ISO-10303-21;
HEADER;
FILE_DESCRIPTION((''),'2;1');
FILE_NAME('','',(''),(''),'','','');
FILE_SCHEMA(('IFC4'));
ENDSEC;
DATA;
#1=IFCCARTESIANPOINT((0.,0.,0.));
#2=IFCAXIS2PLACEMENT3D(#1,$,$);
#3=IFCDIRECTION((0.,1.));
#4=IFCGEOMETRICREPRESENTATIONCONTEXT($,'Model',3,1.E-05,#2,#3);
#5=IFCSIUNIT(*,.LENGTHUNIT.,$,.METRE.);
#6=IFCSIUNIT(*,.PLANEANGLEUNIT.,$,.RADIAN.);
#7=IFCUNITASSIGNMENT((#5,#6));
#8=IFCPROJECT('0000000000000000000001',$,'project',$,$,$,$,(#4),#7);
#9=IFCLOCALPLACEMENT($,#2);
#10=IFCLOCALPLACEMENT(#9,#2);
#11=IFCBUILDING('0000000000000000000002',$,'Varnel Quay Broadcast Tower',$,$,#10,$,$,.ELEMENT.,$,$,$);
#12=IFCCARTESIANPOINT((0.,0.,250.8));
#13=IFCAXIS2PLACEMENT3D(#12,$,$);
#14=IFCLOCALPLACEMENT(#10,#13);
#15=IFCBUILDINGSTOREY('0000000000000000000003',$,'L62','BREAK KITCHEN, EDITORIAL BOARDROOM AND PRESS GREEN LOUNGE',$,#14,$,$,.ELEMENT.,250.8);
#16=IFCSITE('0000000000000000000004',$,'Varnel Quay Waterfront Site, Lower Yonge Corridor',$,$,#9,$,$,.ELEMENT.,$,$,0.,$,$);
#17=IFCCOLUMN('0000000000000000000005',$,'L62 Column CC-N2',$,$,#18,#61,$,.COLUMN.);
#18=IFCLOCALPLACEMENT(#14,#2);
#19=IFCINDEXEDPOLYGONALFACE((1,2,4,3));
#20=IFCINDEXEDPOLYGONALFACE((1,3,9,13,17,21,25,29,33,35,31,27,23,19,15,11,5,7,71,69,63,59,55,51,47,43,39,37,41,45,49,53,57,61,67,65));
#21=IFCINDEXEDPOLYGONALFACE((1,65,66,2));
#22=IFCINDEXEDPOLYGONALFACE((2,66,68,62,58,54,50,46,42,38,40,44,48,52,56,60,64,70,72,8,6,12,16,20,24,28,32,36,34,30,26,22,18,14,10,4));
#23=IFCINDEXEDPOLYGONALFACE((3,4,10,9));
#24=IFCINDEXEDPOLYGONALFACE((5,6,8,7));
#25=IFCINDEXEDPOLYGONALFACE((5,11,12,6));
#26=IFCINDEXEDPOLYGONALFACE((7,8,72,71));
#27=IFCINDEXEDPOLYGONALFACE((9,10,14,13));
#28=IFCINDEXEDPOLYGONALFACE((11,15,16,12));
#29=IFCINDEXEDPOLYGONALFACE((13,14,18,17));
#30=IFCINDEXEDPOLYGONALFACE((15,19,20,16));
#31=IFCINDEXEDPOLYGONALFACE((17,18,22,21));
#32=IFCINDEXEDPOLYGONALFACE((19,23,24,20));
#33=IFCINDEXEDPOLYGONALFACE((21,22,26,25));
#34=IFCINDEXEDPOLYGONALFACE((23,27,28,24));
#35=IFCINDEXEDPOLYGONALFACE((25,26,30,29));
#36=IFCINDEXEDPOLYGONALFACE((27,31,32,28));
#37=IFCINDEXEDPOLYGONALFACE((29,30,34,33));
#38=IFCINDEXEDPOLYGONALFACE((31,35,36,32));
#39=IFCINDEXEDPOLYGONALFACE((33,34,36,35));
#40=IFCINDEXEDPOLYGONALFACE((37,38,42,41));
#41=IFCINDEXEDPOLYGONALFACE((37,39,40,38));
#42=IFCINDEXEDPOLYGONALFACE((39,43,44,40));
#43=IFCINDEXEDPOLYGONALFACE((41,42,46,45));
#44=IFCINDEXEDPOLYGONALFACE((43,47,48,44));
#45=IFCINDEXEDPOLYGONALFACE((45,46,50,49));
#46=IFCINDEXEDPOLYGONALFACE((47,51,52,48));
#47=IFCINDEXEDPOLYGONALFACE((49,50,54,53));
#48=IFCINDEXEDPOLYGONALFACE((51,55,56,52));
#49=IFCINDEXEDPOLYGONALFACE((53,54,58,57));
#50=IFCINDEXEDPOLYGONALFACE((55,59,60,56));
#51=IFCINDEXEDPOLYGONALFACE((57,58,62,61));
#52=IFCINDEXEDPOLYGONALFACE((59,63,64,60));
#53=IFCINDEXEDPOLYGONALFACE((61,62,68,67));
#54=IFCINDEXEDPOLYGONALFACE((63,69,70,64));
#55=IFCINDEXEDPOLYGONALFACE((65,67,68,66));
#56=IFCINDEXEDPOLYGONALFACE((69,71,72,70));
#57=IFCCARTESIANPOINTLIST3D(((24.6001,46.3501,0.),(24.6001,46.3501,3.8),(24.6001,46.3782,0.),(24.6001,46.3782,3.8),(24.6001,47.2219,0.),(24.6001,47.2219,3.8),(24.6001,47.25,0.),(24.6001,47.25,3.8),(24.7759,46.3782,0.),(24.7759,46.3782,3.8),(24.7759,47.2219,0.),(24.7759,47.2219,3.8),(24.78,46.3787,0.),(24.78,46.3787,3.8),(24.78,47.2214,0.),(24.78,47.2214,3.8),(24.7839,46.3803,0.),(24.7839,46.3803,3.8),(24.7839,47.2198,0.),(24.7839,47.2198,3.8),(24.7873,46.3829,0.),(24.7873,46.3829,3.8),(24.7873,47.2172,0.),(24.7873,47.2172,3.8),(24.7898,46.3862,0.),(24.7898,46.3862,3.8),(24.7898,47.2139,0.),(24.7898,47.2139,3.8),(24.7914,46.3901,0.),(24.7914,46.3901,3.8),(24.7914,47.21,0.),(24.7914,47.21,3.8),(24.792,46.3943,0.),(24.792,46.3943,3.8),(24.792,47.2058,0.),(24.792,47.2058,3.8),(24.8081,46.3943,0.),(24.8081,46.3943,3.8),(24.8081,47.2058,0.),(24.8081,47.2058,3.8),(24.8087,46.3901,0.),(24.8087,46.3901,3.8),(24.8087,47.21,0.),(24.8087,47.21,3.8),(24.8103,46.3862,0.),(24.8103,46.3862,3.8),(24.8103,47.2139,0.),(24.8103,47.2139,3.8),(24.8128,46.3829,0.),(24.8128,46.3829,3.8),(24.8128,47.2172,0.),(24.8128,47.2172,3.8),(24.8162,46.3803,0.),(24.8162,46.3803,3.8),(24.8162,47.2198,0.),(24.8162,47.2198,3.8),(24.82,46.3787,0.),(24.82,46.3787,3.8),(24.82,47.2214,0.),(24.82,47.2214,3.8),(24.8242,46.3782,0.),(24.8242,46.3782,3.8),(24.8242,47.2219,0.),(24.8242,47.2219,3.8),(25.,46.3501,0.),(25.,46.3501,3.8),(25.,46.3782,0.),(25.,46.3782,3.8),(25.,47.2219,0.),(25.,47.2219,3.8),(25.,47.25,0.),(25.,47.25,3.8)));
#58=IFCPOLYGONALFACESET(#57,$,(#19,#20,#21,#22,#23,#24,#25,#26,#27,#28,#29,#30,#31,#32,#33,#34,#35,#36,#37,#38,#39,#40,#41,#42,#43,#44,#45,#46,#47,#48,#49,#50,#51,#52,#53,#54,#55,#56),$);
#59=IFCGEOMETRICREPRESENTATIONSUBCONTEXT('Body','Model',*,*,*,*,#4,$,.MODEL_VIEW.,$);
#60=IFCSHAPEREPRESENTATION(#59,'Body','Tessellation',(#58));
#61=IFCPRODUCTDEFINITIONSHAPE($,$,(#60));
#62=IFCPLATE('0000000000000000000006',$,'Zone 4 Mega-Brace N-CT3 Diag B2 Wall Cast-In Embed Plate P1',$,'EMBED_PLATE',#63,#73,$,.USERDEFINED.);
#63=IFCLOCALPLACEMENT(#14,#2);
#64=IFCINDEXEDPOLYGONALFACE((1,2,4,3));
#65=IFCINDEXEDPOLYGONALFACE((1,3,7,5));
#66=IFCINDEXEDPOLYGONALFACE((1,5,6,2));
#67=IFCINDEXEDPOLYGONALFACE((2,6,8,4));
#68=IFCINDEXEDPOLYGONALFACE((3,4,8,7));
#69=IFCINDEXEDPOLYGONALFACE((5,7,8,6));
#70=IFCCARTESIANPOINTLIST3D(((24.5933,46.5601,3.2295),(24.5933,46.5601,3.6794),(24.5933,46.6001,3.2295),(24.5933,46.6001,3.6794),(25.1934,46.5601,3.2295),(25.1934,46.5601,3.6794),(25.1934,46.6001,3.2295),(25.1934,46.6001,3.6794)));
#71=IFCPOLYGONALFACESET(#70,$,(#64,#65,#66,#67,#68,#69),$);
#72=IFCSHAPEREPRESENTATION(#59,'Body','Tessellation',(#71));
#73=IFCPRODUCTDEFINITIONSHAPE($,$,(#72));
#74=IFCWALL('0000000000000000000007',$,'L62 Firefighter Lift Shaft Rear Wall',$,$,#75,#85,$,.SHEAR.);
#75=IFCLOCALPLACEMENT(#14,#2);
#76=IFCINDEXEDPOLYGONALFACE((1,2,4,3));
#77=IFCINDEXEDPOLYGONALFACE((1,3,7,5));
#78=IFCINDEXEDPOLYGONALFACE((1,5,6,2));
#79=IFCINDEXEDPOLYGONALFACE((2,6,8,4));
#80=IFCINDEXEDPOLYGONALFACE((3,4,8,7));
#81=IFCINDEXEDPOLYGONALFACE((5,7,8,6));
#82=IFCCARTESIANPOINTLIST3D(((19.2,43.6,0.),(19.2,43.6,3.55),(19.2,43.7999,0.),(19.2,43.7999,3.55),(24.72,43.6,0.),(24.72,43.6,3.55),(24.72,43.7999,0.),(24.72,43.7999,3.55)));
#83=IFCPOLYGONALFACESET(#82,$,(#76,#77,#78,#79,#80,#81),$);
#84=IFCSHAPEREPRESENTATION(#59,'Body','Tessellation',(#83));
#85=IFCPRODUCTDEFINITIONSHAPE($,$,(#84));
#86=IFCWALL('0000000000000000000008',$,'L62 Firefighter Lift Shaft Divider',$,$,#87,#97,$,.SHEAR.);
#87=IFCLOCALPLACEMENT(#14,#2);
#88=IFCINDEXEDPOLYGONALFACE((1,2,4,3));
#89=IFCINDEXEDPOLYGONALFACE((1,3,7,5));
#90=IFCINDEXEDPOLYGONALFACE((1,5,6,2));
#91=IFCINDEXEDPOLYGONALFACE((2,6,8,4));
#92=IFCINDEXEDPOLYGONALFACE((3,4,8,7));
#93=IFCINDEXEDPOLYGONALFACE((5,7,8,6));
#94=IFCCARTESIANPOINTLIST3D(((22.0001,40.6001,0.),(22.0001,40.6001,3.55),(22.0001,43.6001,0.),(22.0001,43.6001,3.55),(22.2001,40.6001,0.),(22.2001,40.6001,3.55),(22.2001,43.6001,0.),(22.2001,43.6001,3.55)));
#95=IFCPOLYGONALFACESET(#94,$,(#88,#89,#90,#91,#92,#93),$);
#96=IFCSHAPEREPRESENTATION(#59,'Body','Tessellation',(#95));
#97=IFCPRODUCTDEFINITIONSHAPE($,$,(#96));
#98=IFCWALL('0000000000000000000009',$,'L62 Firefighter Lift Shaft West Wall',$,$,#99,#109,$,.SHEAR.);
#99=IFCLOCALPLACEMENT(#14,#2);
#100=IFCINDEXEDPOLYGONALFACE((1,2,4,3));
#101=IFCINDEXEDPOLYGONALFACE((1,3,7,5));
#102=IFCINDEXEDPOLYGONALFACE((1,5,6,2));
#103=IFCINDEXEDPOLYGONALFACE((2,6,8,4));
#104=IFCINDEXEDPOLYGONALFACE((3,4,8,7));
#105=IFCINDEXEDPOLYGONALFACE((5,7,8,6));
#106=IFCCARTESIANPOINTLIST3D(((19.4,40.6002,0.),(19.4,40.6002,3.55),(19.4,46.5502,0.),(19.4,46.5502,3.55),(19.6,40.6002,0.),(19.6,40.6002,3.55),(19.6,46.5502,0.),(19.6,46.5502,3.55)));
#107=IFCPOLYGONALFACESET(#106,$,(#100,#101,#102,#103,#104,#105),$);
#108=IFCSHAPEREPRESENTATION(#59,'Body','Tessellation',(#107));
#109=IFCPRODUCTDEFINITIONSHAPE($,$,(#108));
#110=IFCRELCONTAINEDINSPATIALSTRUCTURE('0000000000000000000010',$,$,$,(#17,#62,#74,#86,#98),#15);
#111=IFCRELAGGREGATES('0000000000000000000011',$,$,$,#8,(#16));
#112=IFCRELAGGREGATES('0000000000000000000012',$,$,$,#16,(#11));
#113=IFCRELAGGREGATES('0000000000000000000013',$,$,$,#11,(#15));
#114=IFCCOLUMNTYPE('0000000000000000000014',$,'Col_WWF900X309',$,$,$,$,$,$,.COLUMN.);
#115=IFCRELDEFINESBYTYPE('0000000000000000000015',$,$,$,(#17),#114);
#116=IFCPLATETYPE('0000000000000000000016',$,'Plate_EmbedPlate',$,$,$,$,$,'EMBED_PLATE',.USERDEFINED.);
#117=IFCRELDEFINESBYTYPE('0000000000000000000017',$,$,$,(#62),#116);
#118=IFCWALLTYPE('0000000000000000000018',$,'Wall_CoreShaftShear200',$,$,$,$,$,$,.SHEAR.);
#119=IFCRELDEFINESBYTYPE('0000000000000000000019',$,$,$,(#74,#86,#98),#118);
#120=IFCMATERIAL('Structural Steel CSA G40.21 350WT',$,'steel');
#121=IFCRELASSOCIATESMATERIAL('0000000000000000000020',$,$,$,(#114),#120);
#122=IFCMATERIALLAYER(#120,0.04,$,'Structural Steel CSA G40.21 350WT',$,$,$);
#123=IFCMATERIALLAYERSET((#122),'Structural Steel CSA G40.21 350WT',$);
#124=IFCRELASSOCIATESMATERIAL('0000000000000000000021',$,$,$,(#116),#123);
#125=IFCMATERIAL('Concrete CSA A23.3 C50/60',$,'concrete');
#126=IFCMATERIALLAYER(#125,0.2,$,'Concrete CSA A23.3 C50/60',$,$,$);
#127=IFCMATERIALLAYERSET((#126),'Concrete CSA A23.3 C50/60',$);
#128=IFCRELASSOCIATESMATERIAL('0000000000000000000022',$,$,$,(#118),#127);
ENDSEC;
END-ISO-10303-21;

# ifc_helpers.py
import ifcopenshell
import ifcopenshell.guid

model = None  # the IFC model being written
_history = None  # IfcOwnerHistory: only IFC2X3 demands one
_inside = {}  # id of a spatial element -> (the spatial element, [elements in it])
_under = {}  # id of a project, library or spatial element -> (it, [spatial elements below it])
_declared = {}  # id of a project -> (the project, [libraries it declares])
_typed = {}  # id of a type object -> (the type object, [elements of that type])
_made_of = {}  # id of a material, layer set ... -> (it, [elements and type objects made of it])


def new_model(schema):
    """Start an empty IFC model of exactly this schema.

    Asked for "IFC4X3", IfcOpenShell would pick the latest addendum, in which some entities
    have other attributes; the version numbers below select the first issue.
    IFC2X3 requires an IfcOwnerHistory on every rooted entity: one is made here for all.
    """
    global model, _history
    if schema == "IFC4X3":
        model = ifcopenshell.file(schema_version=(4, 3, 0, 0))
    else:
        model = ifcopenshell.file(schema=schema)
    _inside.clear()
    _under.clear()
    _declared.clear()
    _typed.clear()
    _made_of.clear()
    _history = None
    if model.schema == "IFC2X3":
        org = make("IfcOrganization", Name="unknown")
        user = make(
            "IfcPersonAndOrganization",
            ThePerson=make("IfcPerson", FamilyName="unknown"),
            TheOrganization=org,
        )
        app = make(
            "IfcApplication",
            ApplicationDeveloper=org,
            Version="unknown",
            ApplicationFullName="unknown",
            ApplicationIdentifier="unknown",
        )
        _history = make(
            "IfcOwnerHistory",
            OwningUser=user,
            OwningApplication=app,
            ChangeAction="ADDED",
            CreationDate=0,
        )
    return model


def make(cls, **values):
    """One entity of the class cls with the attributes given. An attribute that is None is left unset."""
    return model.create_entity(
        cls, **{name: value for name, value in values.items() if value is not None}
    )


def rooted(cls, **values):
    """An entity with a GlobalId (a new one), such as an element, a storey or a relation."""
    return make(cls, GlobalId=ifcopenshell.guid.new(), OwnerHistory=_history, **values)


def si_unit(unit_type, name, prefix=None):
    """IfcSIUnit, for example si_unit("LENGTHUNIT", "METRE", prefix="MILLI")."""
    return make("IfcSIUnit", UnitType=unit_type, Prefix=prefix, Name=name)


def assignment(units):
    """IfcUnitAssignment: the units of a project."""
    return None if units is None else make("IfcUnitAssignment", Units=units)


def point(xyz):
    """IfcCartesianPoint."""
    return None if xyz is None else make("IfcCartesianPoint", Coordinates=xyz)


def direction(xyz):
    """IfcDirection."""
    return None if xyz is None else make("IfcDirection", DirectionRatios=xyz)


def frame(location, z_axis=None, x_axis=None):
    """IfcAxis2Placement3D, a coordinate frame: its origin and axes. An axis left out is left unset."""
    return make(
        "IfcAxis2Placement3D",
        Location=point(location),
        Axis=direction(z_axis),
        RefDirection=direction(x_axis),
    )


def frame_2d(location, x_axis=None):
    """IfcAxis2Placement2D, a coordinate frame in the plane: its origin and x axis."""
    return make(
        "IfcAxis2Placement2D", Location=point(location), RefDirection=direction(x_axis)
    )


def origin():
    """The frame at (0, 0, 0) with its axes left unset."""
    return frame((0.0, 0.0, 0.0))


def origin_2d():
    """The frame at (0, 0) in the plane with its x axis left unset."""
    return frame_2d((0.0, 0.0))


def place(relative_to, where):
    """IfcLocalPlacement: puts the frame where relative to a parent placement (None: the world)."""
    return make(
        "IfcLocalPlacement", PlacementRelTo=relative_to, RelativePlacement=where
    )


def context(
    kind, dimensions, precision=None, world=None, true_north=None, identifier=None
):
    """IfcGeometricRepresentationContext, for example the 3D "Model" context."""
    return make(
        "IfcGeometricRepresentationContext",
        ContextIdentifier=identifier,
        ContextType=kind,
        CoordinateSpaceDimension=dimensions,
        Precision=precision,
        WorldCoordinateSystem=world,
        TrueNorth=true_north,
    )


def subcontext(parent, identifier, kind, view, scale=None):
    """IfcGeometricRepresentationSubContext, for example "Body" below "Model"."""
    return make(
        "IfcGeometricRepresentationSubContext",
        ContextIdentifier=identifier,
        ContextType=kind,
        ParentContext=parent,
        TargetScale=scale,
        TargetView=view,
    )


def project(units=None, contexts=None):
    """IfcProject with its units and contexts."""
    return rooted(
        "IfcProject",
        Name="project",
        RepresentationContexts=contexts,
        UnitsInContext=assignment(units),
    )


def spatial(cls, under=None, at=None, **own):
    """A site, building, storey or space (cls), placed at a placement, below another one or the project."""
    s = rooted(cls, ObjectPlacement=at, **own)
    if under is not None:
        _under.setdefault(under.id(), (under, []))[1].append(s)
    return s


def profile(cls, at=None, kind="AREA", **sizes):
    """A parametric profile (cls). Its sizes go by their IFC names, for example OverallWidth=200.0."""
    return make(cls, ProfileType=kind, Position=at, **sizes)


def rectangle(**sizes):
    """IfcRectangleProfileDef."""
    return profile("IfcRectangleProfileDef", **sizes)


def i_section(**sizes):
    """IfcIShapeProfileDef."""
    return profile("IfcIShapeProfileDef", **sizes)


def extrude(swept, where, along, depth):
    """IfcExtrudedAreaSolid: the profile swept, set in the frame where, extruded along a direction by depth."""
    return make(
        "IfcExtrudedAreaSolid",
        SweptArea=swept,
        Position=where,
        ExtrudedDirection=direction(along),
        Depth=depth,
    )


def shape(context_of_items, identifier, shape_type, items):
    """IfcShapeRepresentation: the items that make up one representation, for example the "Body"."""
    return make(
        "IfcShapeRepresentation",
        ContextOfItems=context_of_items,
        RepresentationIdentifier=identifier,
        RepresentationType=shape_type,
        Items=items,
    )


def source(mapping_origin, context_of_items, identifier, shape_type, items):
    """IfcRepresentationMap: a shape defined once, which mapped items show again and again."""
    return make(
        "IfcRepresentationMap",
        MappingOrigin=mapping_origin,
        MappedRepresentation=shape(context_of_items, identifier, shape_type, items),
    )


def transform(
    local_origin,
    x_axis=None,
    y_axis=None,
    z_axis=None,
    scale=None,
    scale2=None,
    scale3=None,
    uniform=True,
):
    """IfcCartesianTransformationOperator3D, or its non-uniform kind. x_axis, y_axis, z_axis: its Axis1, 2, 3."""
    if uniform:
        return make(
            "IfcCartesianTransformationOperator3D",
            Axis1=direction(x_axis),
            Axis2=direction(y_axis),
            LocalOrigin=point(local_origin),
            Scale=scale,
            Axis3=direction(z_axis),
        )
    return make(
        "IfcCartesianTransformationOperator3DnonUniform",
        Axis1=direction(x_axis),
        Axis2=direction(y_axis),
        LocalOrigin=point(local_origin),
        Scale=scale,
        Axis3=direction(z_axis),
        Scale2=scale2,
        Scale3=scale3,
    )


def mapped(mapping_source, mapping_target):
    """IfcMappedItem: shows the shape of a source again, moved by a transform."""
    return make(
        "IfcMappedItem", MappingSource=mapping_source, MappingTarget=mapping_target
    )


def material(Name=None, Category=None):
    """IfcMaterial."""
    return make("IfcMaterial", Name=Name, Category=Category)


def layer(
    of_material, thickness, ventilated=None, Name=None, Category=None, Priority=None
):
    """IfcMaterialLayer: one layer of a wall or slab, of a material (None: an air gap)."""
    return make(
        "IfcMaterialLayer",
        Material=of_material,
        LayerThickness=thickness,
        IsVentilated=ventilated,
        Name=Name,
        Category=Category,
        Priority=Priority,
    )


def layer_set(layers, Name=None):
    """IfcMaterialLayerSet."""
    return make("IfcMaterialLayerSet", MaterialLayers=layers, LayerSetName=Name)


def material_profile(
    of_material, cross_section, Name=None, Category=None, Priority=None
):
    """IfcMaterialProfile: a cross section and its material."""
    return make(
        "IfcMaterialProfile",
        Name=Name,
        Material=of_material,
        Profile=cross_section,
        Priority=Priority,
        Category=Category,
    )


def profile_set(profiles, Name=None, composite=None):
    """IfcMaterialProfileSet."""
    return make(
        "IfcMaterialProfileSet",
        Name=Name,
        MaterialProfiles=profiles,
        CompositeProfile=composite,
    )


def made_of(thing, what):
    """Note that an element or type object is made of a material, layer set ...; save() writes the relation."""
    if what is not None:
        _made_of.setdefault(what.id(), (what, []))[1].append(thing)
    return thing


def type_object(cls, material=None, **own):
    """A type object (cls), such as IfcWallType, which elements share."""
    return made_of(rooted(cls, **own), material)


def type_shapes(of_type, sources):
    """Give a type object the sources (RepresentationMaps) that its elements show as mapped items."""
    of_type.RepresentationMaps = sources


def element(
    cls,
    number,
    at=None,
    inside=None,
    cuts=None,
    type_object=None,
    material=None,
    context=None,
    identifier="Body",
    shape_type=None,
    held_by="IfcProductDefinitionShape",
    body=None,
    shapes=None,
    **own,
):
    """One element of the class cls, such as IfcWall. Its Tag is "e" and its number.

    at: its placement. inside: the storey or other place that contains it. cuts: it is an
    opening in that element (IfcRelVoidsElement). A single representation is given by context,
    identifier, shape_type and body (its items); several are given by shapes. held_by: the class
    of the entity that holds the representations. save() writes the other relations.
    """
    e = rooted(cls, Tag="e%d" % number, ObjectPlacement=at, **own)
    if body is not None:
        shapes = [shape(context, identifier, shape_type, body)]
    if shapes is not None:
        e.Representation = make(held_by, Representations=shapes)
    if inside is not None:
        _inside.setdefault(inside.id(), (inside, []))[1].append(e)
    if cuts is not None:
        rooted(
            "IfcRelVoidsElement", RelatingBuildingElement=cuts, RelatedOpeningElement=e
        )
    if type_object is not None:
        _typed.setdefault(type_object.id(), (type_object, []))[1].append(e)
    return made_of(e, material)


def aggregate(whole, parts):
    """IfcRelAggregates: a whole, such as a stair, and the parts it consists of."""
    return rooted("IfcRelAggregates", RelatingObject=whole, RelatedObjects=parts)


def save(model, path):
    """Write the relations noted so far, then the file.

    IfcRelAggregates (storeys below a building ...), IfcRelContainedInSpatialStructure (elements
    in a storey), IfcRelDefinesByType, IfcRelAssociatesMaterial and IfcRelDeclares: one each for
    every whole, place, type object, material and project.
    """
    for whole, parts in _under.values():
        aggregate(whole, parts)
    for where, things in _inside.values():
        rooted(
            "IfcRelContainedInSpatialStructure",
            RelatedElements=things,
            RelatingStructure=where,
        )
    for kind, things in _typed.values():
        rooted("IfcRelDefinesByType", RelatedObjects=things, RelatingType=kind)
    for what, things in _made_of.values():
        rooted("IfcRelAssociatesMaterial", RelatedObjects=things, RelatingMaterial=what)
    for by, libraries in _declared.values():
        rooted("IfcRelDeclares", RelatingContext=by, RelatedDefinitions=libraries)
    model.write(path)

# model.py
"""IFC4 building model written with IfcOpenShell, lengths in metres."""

from ifc_helpers import new_model, si_unit, direction, frame, frame_2d, origin, origin_2d, place, context, subcontext, project, spatial, rectangle, i_section, extrude, source, transform, mapped, material, layer, layer_set, material_profile, profile_set, type_object, type_shapes, element, save


model = new_model("IFC4")

# Units and contexts
model_context = context("Model", 3, precision=1e-05, world=origin(), true_north=direction((0.0, 1.0)))
body_context = subcontext(model_context, "Body", "Model", "MODEL_VIEW")
ifc_project = project(units=[si_unit("LENGTHUNIT", "METRE"), si_unit("PLANEANGLEUNIT", "RADIAN")], contexts=[model_context])

# Site, building, storey
site_placement = place(None, origin())
site = spatial("IfcSite", under=ifc_project, at=site_placement, Name="Varnel Quay Waterfront Site, Lower Yonge Corridor", CompositionType="ELEMENT", RefElevation=0.0)
building_placement = place(site_placement, origin())
building = spatial("IfcBuilding", under=site, at=building_placement, Name="Varnel Quay Broadcast Tower", CompositionType="ELEMENT")
storey_placement = place(building_placement, frame((0.0, 0.0, 250.8)))
storey = spatial("IfcBuildingStorey", under=building, at=storey_placement, Name="L62", Description="BREAK KITCHEN, EDITORIAL BOARDROOM AND PRESS GREEN LOUNGE", CompositionType="ELEMENT", Elevation=250.8)

# Column
ifc_material_1 = material(Name="Structural Steel CSA G40.21 350WT", Category="steel")
ifc_material_profile = material_profile(ifc_material_1, i_section(OverallWidth=0.3999, OverallDepth=0.8999, WebThickness=0.0161, FlangeThickness=0.0281, FilletRadius=0.0161, at=origin_2d()), Name="WWF900X309")
ifc_profile_set = profile_set([ifc_material_profile], Name="Structural Steel CSA G40.21 350WT")
column_type = type_object("IfcColumnType", Name="Col_WWF900X309", PredefinedType="COLUMN", material=ifc_profile_set)
shared_shape_1 = source(origin(), body_context, "Body", "SweptSolid", [
    extrude(i_section(OverallWidth=0.3999, OverallDepth=0.8999, WebThickness=0.0161, FlangeThickness=0.0281, FilletRadius=0.0161, at=origin_2d()), origin(), (0.0, 0.0, 1.0), 3.8),
])
type_shapes(column_type, [shared_shape_1])
column_placement = place(storey_placement, frame((24.8, 46.8, 0.0), z_axis=(0.0, 0.0, 1.0), x_axis=(1.0, 0.0, 0.0)))
element("IfcColumn", 1, at=column_placement, inside=storey, type_object=column_type, Name="L62 Column CC-N2", PredefinedType="COLUMN", context=body_context, shape_type="MappedRepresentation", body=[
    mapped(shared_shape_1, transform((0.0, 0.0, 0.0), x_axis=(1.0, 0.0, 0.0), y_axis=(0.0, 1.0, 0.0), z_axis=(0.0, 0.0, 1.0), scale=1.0)),
])

# Plate
ifc_layer_1 = layer(ifc_material_1, 0.04, Name="Structural Steel CSA G40.21 350WT")
ifc_layer_set_1 = layer_set([ifc_layer_1], Name="Structural Steel CSA G40.21 350WT")
plate_type = type_object("IfcPlateType", Name="Plate_EmbedPlate", ElementType="EMBED_PLATE", PredefinedType="USERDEFINED", material=ifc_layer_set_1)
shared_shape_2 = source(origin(), body_context, "Body", "SweptSolid", [
    extrude(rectangle(XDim=0.6001, YDim=0.04, at=origin_2d()), origin(), (0.0, 0.0, 1.0), 0.45),
])
type_shapes(plate_type, [shared_shape_2])
plate_placement = place(storey_placement, frame((24.8933, 46.5801, 3.2295), z_axis=(0.0, 0.0, 1.0), x_axis=(1.0, 0.0, 0.0)))
element("IfcPlate", 2, at=plate_placement, inside=storey, type_object=plate_type, Name="Zone 4 Mega-Brace N-CT3 Diag B2 Wall Cast-In Embed Plate P1", ObjectType="EMBED_PLATE", PredefinedType="USERDEFINED", context=body_context, shape_type="MappedRepresentation", body=[
    mapped(shared_shape_2, transform((0.0, 0.0, 0.0), x_axis=(1.0, 0.0, 0.0), y_axis=(0.0, 1.0, 0.0), z_axis=(0.0, 0.0, 1.0), scale=1.0)),
])

# Walls
ifc_material_2 = material(Name="Concrete CSA A23.3 C50/60", Category="concrete")
ifc_layer_2 = layer(ifc_material_2, 0.2, Name="Concrete CSA A23.3 C50/60")
ifc_layer_set_2 = layer_set([ifc_layer_2], Name="Concrete CSA A23.3 C50/60")
wall_type_1 = type_object("IfcWallType", Name="Wall_CoreShaftShear200", PredefinedType="SHEAR", material=ifc_layer_set_2)
wall_1_placement = place(storey_placement, frame((19.2, 43.7, 0.0), z_axis=(0.0, 0.0, 1.0), x_axis=(1.0, 0.0, 0.0)))
element("IfcWall", 3, at=wall_1_placement, inside=storey, type_object=wall_type_1, Name="L62 Firefighter Lift Shaft Rear Wall", PredefinedType="SHEAR", context=body_context, shape_type="SweptSolid", body=[
    extrude(rectangle(XDim=5.52, YDim=0.2, at=frame_2d((2.76, 0.0))), origin(), (0.0, 0.0, 1.0), 3.55),
])
wall_2_placement = place(storey_placement, frame((22.1001, 40.6001, 0.0), z_axis=(0.0, 0.0, 1.0), x_axis=(0.0, 1.0, 0.0)))
element("IfcWall", 4, at=wall_2_placement, inside=storey, type_object=wall_type_1, Name="L62 Firefighter Lift Shaft Divider", PredefinedType="SHEAR", context=body_context, shape_type="SweptSolid", body=[
    extrude(rectangle(XDim=3.0, YDim=0.2, at=frame_2d((1.5, 0.0))), origin(), (0.0, 0.0, 1.0), 3.55),
])
wall_3_placement = place(storey_placement, frame((19.5, 40.6001, 0.0), z_axis=(0.0, 0.0, 1.0), x_axis=(0.0, 1.0, 0.0)))
element("IfcWall", 5, at=wall_3_placement, inside=storey, type_object=wall_type_1, Name="L62 Firefighter Lift Shaft West Wall", PredefinedType="SHEAR", context=body_context, shape_type="SweptSolid", body=[
    extrude(rectangle(XDim=5.95, YDim=0.2, at=frame_2d((2.9751, 0.0))), origin(), (0.0, 0.0, 1.0), 3.55),
])

save(model, "model.ifc")
